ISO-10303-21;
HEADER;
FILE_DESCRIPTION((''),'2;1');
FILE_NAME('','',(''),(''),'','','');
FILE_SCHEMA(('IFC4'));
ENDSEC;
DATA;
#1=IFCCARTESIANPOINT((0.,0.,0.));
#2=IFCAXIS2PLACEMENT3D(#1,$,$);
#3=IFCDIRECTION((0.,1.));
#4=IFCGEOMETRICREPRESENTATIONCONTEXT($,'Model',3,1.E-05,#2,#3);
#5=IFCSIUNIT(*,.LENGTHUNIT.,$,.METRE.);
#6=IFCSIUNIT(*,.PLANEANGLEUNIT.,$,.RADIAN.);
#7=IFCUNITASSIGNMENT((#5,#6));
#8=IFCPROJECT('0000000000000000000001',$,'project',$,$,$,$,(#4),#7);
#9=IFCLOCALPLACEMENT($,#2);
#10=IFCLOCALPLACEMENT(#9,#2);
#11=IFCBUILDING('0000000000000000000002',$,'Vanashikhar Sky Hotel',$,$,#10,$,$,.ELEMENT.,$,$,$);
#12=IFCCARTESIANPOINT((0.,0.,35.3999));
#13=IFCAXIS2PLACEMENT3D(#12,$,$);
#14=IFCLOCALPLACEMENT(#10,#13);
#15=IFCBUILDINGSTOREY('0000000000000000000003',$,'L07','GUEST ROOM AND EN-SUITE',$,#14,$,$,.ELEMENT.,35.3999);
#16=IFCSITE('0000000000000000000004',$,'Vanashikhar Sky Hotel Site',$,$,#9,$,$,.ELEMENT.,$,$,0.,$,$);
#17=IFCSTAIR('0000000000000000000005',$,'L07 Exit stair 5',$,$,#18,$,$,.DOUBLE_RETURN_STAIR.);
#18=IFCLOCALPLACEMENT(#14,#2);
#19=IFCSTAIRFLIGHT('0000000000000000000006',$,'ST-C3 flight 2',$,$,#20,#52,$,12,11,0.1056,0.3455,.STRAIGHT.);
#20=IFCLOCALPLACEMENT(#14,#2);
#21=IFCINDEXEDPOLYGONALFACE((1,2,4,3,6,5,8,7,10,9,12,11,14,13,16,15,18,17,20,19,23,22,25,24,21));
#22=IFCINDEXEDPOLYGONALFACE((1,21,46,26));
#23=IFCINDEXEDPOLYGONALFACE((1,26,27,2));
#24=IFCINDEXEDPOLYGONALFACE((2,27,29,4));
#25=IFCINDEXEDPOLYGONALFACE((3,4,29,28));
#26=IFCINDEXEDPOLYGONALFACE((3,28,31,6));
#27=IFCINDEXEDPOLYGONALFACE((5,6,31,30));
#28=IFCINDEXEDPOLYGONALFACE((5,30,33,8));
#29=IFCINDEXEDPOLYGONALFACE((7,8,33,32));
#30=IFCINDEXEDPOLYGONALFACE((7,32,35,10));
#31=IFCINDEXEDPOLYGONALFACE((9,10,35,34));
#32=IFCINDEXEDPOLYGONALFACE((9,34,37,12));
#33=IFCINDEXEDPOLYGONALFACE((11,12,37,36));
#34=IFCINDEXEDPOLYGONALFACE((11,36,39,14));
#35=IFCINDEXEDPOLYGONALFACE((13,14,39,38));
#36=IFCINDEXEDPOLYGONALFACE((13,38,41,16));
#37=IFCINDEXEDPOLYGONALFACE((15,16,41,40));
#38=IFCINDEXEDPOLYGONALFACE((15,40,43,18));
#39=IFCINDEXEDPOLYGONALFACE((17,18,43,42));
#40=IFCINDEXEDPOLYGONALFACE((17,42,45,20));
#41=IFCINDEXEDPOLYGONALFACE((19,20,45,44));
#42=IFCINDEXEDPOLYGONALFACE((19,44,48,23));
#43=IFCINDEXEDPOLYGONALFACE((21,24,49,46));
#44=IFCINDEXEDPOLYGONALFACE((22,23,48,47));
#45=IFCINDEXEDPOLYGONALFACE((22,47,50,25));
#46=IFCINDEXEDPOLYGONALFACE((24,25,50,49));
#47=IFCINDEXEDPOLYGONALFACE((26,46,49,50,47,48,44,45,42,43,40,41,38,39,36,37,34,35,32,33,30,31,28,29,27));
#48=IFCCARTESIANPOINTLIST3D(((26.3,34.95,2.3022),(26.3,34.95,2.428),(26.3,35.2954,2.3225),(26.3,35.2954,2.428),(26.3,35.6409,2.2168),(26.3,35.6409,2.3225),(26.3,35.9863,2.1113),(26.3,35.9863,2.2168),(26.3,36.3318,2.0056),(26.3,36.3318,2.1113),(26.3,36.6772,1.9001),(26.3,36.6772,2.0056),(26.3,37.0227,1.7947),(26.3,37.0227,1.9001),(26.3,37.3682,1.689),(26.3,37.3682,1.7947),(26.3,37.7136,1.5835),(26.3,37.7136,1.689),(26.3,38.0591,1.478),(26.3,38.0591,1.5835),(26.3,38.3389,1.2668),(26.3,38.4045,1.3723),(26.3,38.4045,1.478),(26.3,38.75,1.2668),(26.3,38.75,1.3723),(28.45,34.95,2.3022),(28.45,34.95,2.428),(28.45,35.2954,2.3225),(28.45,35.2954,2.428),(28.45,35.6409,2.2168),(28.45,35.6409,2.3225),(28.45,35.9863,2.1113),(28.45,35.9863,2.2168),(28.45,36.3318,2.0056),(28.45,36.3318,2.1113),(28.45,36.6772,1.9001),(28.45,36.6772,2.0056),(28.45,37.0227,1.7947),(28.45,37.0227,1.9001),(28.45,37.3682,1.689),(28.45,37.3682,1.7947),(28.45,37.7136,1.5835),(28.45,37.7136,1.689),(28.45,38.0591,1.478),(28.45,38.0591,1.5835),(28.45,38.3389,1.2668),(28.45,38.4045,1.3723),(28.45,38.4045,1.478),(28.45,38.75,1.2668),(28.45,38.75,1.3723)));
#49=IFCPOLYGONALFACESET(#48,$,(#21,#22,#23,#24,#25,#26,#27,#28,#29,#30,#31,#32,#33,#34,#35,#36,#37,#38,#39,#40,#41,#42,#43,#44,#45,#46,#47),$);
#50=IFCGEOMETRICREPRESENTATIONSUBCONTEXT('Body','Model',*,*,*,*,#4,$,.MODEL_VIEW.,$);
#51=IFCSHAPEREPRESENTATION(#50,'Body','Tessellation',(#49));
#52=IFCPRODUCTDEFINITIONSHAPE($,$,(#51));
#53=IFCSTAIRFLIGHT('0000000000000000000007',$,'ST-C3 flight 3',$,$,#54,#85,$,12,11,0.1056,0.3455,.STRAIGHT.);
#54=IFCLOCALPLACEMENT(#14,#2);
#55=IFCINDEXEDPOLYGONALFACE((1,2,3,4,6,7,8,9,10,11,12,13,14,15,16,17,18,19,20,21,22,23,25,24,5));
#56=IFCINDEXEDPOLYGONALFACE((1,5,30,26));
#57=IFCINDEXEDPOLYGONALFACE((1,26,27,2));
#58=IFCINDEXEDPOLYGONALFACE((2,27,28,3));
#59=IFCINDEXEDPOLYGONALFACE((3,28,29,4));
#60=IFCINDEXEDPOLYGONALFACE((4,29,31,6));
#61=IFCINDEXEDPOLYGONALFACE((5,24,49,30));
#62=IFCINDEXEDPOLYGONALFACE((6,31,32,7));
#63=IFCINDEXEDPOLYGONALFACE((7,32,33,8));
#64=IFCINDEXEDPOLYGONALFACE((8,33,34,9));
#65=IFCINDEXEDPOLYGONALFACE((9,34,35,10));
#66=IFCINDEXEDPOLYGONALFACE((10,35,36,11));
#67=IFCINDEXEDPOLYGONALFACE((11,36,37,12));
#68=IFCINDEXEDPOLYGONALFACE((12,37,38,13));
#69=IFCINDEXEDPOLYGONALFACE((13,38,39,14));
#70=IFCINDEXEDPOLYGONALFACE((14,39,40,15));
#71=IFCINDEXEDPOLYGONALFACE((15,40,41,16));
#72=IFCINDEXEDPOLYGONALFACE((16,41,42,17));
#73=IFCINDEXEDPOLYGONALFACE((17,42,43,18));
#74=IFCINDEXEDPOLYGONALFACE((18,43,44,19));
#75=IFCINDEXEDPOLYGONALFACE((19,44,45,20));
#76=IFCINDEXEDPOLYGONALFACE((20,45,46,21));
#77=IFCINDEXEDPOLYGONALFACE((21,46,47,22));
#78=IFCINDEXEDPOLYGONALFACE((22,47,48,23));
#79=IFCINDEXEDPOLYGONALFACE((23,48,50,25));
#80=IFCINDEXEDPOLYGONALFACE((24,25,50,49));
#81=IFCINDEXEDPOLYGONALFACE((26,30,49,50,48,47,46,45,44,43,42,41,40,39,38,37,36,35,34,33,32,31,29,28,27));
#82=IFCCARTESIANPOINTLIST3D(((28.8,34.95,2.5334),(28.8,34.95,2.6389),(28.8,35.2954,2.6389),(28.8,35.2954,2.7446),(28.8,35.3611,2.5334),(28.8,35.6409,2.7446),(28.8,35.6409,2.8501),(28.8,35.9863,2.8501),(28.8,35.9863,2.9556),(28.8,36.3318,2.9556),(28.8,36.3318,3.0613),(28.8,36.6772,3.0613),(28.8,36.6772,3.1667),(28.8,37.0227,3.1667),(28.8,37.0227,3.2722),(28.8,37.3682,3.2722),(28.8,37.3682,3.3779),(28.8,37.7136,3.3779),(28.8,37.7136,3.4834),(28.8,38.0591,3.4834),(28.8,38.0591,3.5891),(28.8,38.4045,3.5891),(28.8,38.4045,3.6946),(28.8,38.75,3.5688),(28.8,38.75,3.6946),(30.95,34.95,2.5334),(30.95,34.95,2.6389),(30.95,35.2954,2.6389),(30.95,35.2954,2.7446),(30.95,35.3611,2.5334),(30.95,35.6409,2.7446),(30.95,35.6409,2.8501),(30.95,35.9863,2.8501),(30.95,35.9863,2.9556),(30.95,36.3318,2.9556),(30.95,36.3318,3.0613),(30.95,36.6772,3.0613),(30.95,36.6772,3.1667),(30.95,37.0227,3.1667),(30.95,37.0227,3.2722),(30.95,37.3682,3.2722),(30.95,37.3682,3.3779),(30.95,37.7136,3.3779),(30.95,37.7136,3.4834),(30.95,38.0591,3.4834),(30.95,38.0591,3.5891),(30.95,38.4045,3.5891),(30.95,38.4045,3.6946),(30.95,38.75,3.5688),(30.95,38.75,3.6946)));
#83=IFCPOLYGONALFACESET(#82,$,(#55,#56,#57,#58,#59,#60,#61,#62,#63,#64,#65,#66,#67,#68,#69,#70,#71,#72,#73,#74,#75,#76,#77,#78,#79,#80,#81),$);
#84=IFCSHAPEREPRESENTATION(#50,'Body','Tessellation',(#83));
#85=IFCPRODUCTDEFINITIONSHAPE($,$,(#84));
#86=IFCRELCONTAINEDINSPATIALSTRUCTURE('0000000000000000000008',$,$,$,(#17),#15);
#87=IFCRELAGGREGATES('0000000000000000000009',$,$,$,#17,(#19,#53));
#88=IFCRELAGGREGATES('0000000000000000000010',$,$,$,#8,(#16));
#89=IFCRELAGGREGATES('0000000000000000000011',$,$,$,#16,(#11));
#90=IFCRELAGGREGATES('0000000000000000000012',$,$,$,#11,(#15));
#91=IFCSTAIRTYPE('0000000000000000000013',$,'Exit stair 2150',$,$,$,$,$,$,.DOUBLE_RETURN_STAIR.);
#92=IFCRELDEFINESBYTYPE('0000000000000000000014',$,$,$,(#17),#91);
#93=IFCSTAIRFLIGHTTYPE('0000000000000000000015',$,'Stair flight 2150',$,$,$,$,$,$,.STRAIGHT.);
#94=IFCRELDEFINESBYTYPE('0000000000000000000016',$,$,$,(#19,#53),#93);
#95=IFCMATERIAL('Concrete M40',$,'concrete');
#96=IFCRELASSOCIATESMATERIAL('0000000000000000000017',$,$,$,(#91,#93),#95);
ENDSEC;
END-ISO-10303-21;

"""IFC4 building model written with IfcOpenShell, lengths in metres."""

from ifc_helpers import new_model, si_unit, direction, frame, origin, place, context, subcontext, project, spatial, polyline, outline, extrude, source, transform, mapped, material, type_object, element, aggregate, save


model = new_model("IFC4")

# Units and contexts
model_context = context("Model", 3, precision=1e-05, world=origin(), true_north=direction((0.0, 1.0)))
body_context = subcontext(model_context, "Body", "Model", "MODEL_VIEW")
ifc_project = project(units=[si_unit("LENGTHUNIT", "METRE"), si_unit("PLANEANGLEUNIT", "RADIAN")], contexts=[model_context])

# Site, building, storey
site_placement = place(None, origin())
site = spatial("IfcSite", under=ifc_project, at=site_placement, Name="Vanashikhar Sky Hotel Site", CompositionType="ELEMENT", RefElevation=0.0)
building_placement = place(site_placement, origin())
building = spatial("IfcBuilding", under=site, at=building_placement, Name="Vanashikhar Sky Hotel", CompositionType="ELEMENT")
storey_placement = place(building_placement, frame((0.0, 0.0, 35.3999)))
storey = spatial("IfcBuildingStorey", under=building, at=storey_placement, Name="L07", Description="GUEST ROOM AND EN-SUITE", CompositionType="ELEMENT", Elevation=35.3999)

# Shared definitions
ifc_material_1 = material(Name="Concrete M40", Category="concrete")

# Stair, stair flights
stair_type = type_object("IfcStairType", Name="Exit stair 2150", PredefinedType="DOUBLE_RETURN_STAIR", material=ifc_material_1)
stair_placement = place(storey_placement, origin())
stair = element("IfcStair", 1, at=stair_placement, inside=storey, type_object=stair_type, Name="L07 Exit stair 5", PredefinedType="DOUBLE_RETURN_STAIR")
stair_flight_type = type_object("IfcStairFlightType", Name="Stair flight 2150", PredefinedType="STRAIGHT", material=ifc_material_1)
shared_shape_1 = source(origin(), body_context, "Body", "SweptSolid", [
    extrude(outline(polyline([(0.0, 0.0), (0.0, 0.1055), (0.3455, 0.1055), (0.3455, 0.2112), (0.6909, 0.2112), (0.6909, 0.3167), (1.0364, 0.3167), (1.0364, 0.4221), (1.3818, 0.4221), (1.3818, 0.5278), (1.7273, 0.5278), (1.7273, 0.6333), (2.0728, 0.6333), (2.0728, 0.7388), (2.4182, 0.7388), (2.4182, 0.8445), (2.7637, 0.8445), (2.7637, 0.95), (3.1091, 0.95), (3.1091, 1.0557), (3.4546, 1.0557), (3.4546, 1.1611), (3.8, 1.1611), (3.8, 1.2666), (3.8, 1.0354), (0.4111, 0.0), (0.0, 0.0)])), frame((0.0, 1.075, 0.0), z_axis=(0.0, -1.0, 0.0), x_axis=(1.0, 0.0, 0.0)), (0.0, 0.0, 1.0), 2.1499),
])
stair_flight_1_placement = place(storey_placement, frame((27.375, 38.75, 1.2668), z_axis=(0.0, 0.0, 1.0), x_axis=(0.0, -1.0, 0.0)))
stair_flight_1 = element("IfcStairFlight", 2, at=stair_flight_1_placement, type_object=stair_flight_type, Name="ST-C3 flight 2", NumberOfRisers=12, NumberOfTreads=11, PredefinedType="STRAIGHT", RiserHeight=0.1056, TreadLength=0.3455, context=body_context, shape_type="MappedRepresentation", body=[
    mapped(shared_shape_1, transform((0.0, 0.0, 0.0), scale=1.0)),
])
stair_flight_2_placement = place(storey_placement, frame((29.875, 34.95, 2.5334), z_axis=(0.0, 0.0, 1.0), x_axis=(0.0, 1.0, 0.0)))
stair_flight_2 = element("IfcStairFlight", 3, at=stair_flight_2_placement, type_object=stair_flight_type, Name="ST-C3 flight 3", NumberOfRisers=12, NumberOfTreads=11, PredefinedType="STRAIGHT", RiserHeight=0.1056, TreadLength=0.3455, context=body_context, shape_type="MappedRepresentation", body=[
    mapped(shared_shape_1, transform((0.0, 0.0, 0.0), scale=1.0)),
])
aggregate(stair, [stair_flight_1, stair_flight_2])

save(model, "model.ifc")
